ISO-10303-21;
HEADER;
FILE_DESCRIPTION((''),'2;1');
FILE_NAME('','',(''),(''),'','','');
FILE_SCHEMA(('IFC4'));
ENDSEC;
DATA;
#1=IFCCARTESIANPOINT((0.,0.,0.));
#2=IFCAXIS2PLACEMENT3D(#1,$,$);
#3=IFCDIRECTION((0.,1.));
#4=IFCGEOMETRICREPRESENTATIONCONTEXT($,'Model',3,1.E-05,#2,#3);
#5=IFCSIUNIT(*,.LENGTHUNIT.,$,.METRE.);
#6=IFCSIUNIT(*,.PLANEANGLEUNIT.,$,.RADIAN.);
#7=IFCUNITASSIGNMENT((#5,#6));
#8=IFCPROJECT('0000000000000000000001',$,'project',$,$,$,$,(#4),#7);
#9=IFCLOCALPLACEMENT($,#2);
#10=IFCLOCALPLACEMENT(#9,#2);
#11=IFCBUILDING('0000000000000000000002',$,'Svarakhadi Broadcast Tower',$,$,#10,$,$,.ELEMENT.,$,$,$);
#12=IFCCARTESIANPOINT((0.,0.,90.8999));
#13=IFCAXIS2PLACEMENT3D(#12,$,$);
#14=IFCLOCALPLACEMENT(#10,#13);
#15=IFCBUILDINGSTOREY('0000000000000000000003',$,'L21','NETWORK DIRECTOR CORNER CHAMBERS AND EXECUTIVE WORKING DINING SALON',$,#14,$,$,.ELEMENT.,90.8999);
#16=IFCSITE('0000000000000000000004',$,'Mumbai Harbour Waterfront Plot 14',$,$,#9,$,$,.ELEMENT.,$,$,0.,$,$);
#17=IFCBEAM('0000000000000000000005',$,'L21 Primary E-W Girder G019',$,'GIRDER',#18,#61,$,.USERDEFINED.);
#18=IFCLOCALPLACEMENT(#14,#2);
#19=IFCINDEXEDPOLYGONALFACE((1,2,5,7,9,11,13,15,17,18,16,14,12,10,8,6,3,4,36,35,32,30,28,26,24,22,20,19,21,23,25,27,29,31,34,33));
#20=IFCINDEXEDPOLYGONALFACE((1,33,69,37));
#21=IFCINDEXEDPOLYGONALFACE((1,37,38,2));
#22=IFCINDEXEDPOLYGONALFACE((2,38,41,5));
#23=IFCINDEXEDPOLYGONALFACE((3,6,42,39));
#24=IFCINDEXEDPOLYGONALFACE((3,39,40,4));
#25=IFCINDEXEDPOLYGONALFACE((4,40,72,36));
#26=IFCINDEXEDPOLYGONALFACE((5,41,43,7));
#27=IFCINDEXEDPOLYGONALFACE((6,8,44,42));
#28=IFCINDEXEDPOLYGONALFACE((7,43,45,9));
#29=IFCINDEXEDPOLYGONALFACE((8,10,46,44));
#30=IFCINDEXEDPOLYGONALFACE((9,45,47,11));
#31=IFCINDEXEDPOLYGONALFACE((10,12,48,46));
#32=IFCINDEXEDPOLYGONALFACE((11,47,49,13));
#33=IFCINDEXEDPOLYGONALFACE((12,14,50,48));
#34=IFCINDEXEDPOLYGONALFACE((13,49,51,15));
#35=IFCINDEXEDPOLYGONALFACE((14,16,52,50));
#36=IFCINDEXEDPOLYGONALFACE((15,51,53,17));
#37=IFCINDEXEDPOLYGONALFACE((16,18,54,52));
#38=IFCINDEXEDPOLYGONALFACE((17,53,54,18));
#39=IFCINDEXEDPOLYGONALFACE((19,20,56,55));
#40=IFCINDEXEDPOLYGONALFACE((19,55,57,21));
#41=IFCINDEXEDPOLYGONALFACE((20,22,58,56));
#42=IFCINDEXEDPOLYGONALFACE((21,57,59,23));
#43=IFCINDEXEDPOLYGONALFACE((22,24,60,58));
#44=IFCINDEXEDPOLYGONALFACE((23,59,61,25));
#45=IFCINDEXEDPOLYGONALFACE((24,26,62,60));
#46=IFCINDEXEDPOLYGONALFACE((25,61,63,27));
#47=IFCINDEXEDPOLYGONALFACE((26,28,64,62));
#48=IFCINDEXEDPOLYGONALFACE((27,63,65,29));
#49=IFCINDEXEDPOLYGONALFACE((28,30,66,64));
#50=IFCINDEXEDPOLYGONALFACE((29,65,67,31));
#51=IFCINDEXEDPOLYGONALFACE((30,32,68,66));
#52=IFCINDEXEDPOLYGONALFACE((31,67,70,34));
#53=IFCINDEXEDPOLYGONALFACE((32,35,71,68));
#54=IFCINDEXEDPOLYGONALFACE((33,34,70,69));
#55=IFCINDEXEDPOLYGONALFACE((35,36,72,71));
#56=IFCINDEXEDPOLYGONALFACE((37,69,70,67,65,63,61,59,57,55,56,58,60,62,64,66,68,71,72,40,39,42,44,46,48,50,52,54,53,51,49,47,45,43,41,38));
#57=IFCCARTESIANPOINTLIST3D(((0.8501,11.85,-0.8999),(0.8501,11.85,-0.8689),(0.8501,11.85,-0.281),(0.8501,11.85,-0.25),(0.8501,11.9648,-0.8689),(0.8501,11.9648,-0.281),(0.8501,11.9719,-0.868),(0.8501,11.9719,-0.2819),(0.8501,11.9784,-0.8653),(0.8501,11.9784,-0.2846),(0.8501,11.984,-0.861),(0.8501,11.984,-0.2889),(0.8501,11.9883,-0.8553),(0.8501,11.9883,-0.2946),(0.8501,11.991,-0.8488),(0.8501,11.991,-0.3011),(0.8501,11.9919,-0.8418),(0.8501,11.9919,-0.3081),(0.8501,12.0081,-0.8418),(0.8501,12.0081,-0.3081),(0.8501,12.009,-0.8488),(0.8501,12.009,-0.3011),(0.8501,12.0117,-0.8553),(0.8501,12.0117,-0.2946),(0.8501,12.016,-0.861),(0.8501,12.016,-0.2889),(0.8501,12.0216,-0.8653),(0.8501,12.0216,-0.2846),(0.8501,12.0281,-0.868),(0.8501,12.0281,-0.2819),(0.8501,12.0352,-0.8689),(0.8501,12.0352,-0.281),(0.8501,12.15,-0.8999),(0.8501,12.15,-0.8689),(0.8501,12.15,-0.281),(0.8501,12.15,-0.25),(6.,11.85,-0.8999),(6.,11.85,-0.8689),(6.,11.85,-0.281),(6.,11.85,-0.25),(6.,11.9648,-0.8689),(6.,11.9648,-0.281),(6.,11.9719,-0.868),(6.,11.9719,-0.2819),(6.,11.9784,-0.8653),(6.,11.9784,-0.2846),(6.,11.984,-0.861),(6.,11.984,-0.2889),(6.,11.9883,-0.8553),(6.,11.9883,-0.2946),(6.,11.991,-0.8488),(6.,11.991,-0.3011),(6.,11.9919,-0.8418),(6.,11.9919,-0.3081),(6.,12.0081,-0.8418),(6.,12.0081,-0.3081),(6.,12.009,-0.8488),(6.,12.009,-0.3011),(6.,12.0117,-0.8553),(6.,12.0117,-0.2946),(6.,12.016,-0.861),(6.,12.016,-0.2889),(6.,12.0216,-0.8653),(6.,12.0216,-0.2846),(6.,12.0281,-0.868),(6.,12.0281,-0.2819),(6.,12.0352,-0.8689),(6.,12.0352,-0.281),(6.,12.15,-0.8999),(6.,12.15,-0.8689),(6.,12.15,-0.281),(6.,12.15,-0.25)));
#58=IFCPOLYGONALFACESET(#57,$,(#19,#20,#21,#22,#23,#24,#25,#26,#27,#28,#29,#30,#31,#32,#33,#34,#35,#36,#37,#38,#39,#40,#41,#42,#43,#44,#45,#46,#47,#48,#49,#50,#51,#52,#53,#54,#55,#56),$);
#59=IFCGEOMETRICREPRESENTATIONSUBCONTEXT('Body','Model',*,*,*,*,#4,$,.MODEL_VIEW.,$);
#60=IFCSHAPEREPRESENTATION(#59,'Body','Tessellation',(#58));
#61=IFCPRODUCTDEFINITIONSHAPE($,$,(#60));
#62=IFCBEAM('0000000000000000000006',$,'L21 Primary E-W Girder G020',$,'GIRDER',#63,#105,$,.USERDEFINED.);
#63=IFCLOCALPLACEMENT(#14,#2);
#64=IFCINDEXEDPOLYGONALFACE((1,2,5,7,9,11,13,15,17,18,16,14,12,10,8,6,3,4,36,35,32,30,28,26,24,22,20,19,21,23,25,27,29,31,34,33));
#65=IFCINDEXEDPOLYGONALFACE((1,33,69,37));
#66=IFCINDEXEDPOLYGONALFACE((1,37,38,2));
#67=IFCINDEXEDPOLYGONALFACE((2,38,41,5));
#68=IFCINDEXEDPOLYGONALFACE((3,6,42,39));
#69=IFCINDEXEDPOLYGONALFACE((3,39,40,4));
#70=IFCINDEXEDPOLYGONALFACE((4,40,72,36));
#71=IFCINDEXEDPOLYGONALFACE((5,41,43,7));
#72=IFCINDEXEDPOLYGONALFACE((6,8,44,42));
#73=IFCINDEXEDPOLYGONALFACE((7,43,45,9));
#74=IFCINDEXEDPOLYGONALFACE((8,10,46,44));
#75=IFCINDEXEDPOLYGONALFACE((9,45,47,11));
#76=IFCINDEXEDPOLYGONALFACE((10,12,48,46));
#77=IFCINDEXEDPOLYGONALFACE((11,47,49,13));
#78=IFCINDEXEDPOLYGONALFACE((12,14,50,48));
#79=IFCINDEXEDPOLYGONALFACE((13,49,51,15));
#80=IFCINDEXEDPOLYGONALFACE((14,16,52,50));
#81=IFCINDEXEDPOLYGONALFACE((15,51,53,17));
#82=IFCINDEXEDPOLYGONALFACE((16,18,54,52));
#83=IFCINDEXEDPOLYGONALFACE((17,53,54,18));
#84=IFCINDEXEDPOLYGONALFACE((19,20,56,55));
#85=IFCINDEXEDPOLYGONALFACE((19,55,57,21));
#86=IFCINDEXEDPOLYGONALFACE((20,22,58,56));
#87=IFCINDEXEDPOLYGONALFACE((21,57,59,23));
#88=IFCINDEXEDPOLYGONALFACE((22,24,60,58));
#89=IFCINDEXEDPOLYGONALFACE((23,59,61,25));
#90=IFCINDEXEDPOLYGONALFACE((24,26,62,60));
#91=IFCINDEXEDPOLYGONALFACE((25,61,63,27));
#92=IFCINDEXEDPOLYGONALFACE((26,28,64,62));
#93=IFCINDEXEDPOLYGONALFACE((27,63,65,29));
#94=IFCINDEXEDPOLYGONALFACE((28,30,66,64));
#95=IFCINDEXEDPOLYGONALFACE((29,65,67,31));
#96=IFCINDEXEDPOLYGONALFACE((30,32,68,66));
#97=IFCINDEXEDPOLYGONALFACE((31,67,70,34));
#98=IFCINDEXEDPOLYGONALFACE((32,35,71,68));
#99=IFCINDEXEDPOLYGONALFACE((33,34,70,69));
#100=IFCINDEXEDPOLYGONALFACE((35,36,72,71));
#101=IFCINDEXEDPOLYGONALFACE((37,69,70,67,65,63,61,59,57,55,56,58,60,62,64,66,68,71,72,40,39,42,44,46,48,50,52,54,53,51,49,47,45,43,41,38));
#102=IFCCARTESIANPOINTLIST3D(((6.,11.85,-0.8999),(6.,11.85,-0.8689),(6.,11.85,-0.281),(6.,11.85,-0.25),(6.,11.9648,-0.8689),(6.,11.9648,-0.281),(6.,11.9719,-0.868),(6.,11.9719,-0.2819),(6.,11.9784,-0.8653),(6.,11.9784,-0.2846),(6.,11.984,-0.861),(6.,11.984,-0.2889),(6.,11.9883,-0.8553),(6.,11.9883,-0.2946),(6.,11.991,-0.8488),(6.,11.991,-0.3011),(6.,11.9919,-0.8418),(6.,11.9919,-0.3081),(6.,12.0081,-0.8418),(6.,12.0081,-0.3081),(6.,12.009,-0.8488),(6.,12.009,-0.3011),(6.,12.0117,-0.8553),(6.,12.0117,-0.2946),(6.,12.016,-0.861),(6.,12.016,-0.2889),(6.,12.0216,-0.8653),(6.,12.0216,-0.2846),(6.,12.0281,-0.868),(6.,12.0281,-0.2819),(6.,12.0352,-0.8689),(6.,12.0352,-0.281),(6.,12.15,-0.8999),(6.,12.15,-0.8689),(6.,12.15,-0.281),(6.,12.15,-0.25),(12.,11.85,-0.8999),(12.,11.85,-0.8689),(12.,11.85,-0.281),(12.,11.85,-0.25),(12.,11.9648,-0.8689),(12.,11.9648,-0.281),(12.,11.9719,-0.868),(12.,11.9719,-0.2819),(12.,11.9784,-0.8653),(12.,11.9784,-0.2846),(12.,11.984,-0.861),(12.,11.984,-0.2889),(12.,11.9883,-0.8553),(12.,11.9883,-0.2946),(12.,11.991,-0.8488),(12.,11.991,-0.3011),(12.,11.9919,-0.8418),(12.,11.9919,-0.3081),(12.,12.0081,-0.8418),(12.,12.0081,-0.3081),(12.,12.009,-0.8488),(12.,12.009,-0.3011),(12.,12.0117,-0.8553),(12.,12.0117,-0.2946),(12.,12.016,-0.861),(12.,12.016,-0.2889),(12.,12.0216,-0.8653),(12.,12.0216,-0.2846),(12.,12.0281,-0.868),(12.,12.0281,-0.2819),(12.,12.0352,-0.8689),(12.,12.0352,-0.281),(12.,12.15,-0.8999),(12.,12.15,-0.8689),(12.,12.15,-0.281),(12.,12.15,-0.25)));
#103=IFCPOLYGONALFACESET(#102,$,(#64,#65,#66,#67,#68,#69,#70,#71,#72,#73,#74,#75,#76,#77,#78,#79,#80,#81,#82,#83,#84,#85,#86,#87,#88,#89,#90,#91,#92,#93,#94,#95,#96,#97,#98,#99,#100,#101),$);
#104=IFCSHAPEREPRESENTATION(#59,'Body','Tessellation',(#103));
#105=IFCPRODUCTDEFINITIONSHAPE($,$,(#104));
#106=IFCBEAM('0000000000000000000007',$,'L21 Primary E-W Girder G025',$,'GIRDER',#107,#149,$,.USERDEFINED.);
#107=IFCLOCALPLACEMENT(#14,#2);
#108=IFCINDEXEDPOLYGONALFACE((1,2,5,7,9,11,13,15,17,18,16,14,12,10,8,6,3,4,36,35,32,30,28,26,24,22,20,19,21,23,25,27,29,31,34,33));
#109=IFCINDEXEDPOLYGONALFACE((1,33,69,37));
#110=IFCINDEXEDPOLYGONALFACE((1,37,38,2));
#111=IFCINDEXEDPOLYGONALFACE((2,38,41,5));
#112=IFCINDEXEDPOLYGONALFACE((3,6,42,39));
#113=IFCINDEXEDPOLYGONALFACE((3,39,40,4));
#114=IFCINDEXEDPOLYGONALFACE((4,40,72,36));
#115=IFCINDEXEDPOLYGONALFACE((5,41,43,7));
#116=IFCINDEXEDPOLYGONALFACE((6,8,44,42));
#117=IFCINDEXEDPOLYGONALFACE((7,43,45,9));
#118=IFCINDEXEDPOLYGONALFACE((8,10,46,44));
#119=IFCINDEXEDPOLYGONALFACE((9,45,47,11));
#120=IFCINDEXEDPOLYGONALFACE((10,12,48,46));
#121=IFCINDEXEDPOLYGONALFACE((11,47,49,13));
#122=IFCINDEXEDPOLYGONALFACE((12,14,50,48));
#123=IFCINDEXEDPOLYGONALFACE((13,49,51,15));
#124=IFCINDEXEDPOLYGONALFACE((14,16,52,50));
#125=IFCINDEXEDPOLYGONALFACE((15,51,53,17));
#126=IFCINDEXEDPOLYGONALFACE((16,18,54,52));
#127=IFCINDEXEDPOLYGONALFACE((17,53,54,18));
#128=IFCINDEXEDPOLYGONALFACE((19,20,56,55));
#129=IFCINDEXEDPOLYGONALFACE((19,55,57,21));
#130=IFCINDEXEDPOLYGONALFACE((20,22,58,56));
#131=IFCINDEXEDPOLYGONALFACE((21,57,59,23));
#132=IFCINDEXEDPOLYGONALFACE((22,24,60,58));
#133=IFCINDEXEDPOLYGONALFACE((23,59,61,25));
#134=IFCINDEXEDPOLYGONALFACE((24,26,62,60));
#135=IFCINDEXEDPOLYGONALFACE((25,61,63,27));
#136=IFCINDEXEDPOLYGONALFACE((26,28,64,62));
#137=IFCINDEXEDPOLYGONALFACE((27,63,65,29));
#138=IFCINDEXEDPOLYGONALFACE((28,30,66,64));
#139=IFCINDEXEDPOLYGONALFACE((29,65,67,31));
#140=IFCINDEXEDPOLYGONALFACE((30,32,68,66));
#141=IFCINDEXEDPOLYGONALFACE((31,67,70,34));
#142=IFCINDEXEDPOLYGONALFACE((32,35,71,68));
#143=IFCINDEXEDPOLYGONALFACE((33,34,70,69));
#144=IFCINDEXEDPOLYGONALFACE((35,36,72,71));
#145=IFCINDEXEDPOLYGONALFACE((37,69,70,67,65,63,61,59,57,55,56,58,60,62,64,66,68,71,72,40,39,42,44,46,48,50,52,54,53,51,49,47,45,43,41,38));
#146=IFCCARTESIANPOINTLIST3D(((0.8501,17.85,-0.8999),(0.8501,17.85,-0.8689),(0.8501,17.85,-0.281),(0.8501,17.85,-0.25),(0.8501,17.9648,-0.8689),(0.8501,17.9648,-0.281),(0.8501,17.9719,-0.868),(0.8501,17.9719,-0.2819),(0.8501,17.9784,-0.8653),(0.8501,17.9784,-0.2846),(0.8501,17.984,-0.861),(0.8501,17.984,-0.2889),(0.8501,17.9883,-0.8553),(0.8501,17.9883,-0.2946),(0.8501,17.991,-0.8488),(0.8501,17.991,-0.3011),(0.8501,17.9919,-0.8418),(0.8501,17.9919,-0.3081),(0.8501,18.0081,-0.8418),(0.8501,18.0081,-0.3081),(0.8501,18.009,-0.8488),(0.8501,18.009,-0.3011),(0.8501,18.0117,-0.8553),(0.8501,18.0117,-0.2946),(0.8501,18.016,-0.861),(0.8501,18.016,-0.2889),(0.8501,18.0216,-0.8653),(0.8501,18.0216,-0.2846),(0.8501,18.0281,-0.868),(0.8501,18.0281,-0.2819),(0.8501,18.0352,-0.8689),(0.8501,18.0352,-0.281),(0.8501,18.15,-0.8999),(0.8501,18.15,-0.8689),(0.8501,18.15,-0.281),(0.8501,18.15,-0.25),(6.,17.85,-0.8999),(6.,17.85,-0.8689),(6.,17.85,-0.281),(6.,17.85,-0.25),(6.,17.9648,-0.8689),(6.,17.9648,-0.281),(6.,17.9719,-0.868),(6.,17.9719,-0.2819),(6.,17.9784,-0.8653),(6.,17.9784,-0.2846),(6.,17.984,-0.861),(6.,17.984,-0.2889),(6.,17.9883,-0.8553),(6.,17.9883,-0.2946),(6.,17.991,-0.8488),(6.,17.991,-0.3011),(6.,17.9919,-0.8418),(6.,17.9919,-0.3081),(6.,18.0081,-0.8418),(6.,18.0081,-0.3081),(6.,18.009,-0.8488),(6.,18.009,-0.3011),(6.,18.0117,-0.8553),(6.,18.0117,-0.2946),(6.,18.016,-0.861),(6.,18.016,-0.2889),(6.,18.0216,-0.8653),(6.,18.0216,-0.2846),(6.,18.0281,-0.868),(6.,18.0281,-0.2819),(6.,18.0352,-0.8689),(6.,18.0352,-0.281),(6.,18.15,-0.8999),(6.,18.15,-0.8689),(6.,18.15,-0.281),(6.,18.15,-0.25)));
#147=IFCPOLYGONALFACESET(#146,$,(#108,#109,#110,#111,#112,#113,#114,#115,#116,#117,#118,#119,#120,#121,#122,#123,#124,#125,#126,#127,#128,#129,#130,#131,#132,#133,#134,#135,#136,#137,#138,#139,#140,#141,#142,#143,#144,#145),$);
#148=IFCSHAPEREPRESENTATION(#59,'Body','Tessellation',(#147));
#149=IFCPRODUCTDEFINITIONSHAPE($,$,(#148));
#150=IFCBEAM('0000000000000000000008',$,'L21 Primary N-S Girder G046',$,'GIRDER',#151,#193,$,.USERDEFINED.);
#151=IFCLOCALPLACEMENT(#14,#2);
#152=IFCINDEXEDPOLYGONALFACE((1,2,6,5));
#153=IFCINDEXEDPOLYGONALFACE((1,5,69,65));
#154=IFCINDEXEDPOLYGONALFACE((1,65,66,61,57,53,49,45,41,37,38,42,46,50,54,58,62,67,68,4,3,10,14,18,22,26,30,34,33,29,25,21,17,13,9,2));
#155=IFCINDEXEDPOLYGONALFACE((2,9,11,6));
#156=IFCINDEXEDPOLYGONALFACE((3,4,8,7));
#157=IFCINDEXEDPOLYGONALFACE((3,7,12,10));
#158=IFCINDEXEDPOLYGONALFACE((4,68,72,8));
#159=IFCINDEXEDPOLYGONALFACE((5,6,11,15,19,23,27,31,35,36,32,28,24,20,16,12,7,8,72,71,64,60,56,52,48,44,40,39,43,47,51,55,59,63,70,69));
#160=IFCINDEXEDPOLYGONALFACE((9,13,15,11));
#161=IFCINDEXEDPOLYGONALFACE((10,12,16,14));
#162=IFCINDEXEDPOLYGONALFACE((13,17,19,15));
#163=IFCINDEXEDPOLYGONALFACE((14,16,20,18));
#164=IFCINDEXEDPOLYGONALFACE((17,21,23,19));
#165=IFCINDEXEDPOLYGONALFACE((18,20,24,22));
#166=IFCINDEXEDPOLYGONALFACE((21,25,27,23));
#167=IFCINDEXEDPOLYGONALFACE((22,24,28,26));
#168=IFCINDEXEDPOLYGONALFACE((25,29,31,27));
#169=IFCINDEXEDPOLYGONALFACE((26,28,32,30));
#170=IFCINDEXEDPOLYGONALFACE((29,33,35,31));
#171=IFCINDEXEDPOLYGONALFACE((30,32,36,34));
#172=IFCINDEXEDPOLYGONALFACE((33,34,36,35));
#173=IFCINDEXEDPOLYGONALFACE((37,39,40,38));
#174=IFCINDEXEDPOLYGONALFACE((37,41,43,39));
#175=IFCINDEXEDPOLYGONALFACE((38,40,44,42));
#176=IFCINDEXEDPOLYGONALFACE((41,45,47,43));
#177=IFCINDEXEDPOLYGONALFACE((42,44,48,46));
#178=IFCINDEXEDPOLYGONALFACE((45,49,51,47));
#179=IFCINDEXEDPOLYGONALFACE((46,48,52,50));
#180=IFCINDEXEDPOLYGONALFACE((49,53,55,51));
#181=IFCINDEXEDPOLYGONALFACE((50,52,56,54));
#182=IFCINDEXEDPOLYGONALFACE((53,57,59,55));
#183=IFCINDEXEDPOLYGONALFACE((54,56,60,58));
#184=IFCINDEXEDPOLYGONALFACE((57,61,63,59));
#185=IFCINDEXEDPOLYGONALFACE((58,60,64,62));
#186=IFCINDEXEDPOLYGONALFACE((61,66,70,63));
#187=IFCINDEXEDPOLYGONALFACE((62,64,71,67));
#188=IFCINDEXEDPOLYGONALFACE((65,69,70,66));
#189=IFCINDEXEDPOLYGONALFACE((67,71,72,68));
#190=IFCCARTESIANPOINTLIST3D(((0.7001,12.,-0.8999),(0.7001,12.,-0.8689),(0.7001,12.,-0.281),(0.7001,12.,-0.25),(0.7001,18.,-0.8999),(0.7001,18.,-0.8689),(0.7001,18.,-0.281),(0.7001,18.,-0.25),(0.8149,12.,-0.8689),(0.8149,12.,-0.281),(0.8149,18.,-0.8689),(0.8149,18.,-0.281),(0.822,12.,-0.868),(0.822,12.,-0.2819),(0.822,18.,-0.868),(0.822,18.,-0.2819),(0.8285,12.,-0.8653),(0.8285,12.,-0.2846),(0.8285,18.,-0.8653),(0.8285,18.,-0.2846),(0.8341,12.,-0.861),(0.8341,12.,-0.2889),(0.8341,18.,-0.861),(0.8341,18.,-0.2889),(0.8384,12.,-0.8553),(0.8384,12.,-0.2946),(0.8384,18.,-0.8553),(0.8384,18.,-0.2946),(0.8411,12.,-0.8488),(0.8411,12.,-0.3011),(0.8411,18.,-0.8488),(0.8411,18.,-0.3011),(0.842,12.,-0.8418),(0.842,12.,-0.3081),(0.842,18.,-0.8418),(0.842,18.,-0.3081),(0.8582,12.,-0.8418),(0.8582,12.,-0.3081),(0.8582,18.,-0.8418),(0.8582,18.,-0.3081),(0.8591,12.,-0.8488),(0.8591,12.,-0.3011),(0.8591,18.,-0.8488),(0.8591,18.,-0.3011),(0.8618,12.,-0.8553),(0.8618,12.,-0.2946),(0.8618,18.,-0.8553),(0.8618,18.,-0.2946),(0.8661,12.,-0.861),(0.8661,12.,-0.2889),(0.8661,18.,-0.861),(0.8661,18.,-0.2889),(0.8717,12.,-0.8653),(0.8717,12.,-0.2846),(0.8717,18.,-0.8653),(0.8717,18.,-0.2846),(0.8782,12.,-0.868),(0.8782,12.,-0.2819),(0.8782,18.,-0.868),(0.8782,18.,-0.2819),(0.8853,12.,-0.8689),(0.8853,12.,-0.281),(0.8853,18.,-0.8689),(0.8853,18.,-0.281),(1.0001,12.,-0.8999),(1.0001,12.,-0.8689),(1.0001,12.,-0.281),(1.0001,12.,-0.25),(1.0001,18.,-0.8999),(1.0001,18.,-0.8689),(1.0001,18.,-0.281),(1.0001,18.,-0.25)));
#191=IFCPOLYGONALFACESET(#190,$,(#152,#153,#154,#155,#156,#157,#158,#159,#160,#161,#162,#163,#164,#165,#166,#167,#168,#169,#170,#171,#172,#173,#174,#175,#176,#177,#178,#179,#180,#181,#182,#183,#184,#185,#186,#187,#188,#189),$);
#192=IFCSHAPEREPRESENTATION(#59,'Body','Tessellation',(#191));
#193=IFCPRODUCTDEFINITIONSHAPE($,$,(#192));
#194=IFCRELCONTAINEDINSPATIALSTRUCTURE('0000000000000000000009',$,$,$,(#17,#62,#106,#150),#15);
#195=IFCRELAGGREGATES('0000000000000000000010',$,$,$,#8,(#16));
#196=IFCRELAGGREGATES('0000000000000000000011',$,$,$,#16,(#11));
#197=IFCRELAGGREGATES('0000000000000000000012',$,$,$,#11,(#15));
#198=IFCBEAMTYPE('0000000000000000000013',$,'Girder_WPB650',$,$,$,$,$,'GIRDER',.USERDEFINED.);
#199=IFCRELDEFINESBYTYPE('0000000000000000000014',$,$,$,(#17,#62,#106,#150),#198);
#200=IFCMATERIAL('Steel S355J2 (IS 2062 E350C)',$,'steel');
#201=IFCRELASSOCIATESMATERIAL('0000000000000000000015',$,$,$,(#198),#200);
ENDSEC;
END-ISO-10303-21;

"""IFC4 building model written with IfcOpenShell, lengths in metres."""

from ifc_helpers import new_model, si_unit, direction, frame, origin, origin_2d, place, context, subcontext, project, spatial, i_section, extrude, material, material_profile, profile_set, type_object, element, save


model = new_model("IFC4")

# Units and contexts
model_context = context("Model", 3, precision=1e-05, world=origin(), true_north=direction((0.0, 1.0)))
body_context = subcontext(model_context, "Body", "Model", "MODEL_VIEW")
ifc_project = project(units=[si_unit("LENGTHUNIT", "METRE"), si_unit("PLANEANGLEUNIT", "RADIAN")], contexts=[model_context])

# Site, building, storey
site_placement = place(None, origin())
site = spatial("IfcSite", under=ifc_project, at=site_placement, Name="Mumbai Harbour Waterfront Plot 14", CompositionType="ELEMENT", RefElevation=0.0)
building_placement = place(site_placement, origin())
building = spatial("IfcBuilding", under=site, at=building_placement, Name="Svarakhadi Broadcast Tower", CompositionType="ELEMENT")
storey_placement = place(building_placement, frame((0.0, 0.0, 90.8999)))
storey = spatial("IfcBuildingStorey", under=building, at=storey_placement, Name="L21", Description="NETWORK DIRECTOR CORNER CHAMBERS AND EXECUTIVE WORKING DINING SALON", CompositionType="ELEMENT", Elevation=90.8999)

# Shared definitions
ifc_material_1 = material(Name="Steel S355J2 (IS 2062 E350C)", Category="steel")

# Beams
ifc_material_profile_1 = material_profile(ifc_material_1, i_section(OverallWidth=0.3, OverallDepth=0.6499, WebThickness=0.0161, FlangeThickness=0.031, FilletRadius=0.0271, at=origin_2d()), Name="WPB 650x300x225")
ifc_profile_set_1 = profile_set([ifc_material_profile_1], Name="Steel S355J2 (IS 2062 E350C)")
beam_type_1 = type_object("IfcBeamType", Name="Girder_WPB650", ElementType="GIRDER", PredefinedType="USERDEFINED", material=ifc_profile_set_1)
beam_1_placement = place(storey_placement, frame((0.8501, 12.0, -0.575), z_axis=(1.0, 0.0, 0.0), x_axis=(0.0, 1.0, 0.0)))
element("IfcBeam", 1, at=beam_1_placement, inside=storey, type_object=beam_type_1, Name="L21 Primary E-W Girder G019", ObjectType="GIRDER", PredefinedType="USERDEFINED", context=body_context, shape_type="SweptSolid", body=[
    extrude(i_section(OverallWidth=0.3, OverallDepth=0.6499, WebThickness=0.0161, FlangeThickness=0.031, FilletRadius=0.0271, at=origin_2d()), origin(), (0.0, 0.0, 1.0), 5.1499),
])
beam_2_placement = place(storey_placement, frame((6.0, 12.0, -0.575), z_axis=(1.0, 0.0, 0.0), x_axis=(0.0, 1.0, 0.0)))
element("IfcBeam", 2, at=beam_2_placement, inside=storey, type_object=beam_type_1, Name="L21 Primary E-W Girder G020", ObjectType="GIRDER", PredefinedType="USERDEFINED", context=body_context, shape_type="SweptSolid", body=[
    extrude(i_section(OverallWidth=0.3, OverallDepth=0.6499, WebThickness=0.0161, FlangeThickness=0.031, FilletRadius=0.0271, at=origin_2d()), origin(), (0.0, 0.0, 1.0), 6.0),
])
beam_3_placement = place(storey_placement, frame((0.8501, 18.0, -0.575), z_axis=(1.0, 0.0, 0.0), x_axis=(0.0, 1.0, 0.0)))
element("IfcBeam", 3, at=beam_3_placement, inside=storey, type_object=beam_type_1, Name="L21 Primary E-W Girder G025", ObjectType="GIRDER", PredefinedType="USERDEFINED", context=body_context, shape_type="SweptSolid", body=[
    extrude(i_section(OverallWidth=0.3, OverallDepth=0.6499, WebThickness=0.0161, FlangeThickness=0.031, FilletRadius=0.0271, at=origin_2d()), origin(), (0.0, 0.0, 1.0), 5.1499),
])
for number, where, z_axis, x_axis, name in (
    (4, (0.8501, 12.0, -0.575), (0.0, 1.0, 0.0), (-1.0, 0.0, 0.0), "L21 Primary N-S Girder G046"),
):
    element("IfcBeam", number, at=place(storey_placement, frame(where, z_axis=z_axis, x_axis=x_axis)), inside=storey, type_object=beam_type_1, Name=name, ObjectType="GIRDER", PredefinedType="USERDEFINED", context=body_context, shape_type="SweptSolid", body=[
        extrude(i_section(OverallWidth=0.3, OverallDepth=0.6499, WebThickness=0.0161, FlangeThickness=0.031, FilletRadius=0.0271, at=origin_2d()), origin(), (0.0, 0.0, 1.0), 6.0),
    ])

save(model, "model.ifc")
